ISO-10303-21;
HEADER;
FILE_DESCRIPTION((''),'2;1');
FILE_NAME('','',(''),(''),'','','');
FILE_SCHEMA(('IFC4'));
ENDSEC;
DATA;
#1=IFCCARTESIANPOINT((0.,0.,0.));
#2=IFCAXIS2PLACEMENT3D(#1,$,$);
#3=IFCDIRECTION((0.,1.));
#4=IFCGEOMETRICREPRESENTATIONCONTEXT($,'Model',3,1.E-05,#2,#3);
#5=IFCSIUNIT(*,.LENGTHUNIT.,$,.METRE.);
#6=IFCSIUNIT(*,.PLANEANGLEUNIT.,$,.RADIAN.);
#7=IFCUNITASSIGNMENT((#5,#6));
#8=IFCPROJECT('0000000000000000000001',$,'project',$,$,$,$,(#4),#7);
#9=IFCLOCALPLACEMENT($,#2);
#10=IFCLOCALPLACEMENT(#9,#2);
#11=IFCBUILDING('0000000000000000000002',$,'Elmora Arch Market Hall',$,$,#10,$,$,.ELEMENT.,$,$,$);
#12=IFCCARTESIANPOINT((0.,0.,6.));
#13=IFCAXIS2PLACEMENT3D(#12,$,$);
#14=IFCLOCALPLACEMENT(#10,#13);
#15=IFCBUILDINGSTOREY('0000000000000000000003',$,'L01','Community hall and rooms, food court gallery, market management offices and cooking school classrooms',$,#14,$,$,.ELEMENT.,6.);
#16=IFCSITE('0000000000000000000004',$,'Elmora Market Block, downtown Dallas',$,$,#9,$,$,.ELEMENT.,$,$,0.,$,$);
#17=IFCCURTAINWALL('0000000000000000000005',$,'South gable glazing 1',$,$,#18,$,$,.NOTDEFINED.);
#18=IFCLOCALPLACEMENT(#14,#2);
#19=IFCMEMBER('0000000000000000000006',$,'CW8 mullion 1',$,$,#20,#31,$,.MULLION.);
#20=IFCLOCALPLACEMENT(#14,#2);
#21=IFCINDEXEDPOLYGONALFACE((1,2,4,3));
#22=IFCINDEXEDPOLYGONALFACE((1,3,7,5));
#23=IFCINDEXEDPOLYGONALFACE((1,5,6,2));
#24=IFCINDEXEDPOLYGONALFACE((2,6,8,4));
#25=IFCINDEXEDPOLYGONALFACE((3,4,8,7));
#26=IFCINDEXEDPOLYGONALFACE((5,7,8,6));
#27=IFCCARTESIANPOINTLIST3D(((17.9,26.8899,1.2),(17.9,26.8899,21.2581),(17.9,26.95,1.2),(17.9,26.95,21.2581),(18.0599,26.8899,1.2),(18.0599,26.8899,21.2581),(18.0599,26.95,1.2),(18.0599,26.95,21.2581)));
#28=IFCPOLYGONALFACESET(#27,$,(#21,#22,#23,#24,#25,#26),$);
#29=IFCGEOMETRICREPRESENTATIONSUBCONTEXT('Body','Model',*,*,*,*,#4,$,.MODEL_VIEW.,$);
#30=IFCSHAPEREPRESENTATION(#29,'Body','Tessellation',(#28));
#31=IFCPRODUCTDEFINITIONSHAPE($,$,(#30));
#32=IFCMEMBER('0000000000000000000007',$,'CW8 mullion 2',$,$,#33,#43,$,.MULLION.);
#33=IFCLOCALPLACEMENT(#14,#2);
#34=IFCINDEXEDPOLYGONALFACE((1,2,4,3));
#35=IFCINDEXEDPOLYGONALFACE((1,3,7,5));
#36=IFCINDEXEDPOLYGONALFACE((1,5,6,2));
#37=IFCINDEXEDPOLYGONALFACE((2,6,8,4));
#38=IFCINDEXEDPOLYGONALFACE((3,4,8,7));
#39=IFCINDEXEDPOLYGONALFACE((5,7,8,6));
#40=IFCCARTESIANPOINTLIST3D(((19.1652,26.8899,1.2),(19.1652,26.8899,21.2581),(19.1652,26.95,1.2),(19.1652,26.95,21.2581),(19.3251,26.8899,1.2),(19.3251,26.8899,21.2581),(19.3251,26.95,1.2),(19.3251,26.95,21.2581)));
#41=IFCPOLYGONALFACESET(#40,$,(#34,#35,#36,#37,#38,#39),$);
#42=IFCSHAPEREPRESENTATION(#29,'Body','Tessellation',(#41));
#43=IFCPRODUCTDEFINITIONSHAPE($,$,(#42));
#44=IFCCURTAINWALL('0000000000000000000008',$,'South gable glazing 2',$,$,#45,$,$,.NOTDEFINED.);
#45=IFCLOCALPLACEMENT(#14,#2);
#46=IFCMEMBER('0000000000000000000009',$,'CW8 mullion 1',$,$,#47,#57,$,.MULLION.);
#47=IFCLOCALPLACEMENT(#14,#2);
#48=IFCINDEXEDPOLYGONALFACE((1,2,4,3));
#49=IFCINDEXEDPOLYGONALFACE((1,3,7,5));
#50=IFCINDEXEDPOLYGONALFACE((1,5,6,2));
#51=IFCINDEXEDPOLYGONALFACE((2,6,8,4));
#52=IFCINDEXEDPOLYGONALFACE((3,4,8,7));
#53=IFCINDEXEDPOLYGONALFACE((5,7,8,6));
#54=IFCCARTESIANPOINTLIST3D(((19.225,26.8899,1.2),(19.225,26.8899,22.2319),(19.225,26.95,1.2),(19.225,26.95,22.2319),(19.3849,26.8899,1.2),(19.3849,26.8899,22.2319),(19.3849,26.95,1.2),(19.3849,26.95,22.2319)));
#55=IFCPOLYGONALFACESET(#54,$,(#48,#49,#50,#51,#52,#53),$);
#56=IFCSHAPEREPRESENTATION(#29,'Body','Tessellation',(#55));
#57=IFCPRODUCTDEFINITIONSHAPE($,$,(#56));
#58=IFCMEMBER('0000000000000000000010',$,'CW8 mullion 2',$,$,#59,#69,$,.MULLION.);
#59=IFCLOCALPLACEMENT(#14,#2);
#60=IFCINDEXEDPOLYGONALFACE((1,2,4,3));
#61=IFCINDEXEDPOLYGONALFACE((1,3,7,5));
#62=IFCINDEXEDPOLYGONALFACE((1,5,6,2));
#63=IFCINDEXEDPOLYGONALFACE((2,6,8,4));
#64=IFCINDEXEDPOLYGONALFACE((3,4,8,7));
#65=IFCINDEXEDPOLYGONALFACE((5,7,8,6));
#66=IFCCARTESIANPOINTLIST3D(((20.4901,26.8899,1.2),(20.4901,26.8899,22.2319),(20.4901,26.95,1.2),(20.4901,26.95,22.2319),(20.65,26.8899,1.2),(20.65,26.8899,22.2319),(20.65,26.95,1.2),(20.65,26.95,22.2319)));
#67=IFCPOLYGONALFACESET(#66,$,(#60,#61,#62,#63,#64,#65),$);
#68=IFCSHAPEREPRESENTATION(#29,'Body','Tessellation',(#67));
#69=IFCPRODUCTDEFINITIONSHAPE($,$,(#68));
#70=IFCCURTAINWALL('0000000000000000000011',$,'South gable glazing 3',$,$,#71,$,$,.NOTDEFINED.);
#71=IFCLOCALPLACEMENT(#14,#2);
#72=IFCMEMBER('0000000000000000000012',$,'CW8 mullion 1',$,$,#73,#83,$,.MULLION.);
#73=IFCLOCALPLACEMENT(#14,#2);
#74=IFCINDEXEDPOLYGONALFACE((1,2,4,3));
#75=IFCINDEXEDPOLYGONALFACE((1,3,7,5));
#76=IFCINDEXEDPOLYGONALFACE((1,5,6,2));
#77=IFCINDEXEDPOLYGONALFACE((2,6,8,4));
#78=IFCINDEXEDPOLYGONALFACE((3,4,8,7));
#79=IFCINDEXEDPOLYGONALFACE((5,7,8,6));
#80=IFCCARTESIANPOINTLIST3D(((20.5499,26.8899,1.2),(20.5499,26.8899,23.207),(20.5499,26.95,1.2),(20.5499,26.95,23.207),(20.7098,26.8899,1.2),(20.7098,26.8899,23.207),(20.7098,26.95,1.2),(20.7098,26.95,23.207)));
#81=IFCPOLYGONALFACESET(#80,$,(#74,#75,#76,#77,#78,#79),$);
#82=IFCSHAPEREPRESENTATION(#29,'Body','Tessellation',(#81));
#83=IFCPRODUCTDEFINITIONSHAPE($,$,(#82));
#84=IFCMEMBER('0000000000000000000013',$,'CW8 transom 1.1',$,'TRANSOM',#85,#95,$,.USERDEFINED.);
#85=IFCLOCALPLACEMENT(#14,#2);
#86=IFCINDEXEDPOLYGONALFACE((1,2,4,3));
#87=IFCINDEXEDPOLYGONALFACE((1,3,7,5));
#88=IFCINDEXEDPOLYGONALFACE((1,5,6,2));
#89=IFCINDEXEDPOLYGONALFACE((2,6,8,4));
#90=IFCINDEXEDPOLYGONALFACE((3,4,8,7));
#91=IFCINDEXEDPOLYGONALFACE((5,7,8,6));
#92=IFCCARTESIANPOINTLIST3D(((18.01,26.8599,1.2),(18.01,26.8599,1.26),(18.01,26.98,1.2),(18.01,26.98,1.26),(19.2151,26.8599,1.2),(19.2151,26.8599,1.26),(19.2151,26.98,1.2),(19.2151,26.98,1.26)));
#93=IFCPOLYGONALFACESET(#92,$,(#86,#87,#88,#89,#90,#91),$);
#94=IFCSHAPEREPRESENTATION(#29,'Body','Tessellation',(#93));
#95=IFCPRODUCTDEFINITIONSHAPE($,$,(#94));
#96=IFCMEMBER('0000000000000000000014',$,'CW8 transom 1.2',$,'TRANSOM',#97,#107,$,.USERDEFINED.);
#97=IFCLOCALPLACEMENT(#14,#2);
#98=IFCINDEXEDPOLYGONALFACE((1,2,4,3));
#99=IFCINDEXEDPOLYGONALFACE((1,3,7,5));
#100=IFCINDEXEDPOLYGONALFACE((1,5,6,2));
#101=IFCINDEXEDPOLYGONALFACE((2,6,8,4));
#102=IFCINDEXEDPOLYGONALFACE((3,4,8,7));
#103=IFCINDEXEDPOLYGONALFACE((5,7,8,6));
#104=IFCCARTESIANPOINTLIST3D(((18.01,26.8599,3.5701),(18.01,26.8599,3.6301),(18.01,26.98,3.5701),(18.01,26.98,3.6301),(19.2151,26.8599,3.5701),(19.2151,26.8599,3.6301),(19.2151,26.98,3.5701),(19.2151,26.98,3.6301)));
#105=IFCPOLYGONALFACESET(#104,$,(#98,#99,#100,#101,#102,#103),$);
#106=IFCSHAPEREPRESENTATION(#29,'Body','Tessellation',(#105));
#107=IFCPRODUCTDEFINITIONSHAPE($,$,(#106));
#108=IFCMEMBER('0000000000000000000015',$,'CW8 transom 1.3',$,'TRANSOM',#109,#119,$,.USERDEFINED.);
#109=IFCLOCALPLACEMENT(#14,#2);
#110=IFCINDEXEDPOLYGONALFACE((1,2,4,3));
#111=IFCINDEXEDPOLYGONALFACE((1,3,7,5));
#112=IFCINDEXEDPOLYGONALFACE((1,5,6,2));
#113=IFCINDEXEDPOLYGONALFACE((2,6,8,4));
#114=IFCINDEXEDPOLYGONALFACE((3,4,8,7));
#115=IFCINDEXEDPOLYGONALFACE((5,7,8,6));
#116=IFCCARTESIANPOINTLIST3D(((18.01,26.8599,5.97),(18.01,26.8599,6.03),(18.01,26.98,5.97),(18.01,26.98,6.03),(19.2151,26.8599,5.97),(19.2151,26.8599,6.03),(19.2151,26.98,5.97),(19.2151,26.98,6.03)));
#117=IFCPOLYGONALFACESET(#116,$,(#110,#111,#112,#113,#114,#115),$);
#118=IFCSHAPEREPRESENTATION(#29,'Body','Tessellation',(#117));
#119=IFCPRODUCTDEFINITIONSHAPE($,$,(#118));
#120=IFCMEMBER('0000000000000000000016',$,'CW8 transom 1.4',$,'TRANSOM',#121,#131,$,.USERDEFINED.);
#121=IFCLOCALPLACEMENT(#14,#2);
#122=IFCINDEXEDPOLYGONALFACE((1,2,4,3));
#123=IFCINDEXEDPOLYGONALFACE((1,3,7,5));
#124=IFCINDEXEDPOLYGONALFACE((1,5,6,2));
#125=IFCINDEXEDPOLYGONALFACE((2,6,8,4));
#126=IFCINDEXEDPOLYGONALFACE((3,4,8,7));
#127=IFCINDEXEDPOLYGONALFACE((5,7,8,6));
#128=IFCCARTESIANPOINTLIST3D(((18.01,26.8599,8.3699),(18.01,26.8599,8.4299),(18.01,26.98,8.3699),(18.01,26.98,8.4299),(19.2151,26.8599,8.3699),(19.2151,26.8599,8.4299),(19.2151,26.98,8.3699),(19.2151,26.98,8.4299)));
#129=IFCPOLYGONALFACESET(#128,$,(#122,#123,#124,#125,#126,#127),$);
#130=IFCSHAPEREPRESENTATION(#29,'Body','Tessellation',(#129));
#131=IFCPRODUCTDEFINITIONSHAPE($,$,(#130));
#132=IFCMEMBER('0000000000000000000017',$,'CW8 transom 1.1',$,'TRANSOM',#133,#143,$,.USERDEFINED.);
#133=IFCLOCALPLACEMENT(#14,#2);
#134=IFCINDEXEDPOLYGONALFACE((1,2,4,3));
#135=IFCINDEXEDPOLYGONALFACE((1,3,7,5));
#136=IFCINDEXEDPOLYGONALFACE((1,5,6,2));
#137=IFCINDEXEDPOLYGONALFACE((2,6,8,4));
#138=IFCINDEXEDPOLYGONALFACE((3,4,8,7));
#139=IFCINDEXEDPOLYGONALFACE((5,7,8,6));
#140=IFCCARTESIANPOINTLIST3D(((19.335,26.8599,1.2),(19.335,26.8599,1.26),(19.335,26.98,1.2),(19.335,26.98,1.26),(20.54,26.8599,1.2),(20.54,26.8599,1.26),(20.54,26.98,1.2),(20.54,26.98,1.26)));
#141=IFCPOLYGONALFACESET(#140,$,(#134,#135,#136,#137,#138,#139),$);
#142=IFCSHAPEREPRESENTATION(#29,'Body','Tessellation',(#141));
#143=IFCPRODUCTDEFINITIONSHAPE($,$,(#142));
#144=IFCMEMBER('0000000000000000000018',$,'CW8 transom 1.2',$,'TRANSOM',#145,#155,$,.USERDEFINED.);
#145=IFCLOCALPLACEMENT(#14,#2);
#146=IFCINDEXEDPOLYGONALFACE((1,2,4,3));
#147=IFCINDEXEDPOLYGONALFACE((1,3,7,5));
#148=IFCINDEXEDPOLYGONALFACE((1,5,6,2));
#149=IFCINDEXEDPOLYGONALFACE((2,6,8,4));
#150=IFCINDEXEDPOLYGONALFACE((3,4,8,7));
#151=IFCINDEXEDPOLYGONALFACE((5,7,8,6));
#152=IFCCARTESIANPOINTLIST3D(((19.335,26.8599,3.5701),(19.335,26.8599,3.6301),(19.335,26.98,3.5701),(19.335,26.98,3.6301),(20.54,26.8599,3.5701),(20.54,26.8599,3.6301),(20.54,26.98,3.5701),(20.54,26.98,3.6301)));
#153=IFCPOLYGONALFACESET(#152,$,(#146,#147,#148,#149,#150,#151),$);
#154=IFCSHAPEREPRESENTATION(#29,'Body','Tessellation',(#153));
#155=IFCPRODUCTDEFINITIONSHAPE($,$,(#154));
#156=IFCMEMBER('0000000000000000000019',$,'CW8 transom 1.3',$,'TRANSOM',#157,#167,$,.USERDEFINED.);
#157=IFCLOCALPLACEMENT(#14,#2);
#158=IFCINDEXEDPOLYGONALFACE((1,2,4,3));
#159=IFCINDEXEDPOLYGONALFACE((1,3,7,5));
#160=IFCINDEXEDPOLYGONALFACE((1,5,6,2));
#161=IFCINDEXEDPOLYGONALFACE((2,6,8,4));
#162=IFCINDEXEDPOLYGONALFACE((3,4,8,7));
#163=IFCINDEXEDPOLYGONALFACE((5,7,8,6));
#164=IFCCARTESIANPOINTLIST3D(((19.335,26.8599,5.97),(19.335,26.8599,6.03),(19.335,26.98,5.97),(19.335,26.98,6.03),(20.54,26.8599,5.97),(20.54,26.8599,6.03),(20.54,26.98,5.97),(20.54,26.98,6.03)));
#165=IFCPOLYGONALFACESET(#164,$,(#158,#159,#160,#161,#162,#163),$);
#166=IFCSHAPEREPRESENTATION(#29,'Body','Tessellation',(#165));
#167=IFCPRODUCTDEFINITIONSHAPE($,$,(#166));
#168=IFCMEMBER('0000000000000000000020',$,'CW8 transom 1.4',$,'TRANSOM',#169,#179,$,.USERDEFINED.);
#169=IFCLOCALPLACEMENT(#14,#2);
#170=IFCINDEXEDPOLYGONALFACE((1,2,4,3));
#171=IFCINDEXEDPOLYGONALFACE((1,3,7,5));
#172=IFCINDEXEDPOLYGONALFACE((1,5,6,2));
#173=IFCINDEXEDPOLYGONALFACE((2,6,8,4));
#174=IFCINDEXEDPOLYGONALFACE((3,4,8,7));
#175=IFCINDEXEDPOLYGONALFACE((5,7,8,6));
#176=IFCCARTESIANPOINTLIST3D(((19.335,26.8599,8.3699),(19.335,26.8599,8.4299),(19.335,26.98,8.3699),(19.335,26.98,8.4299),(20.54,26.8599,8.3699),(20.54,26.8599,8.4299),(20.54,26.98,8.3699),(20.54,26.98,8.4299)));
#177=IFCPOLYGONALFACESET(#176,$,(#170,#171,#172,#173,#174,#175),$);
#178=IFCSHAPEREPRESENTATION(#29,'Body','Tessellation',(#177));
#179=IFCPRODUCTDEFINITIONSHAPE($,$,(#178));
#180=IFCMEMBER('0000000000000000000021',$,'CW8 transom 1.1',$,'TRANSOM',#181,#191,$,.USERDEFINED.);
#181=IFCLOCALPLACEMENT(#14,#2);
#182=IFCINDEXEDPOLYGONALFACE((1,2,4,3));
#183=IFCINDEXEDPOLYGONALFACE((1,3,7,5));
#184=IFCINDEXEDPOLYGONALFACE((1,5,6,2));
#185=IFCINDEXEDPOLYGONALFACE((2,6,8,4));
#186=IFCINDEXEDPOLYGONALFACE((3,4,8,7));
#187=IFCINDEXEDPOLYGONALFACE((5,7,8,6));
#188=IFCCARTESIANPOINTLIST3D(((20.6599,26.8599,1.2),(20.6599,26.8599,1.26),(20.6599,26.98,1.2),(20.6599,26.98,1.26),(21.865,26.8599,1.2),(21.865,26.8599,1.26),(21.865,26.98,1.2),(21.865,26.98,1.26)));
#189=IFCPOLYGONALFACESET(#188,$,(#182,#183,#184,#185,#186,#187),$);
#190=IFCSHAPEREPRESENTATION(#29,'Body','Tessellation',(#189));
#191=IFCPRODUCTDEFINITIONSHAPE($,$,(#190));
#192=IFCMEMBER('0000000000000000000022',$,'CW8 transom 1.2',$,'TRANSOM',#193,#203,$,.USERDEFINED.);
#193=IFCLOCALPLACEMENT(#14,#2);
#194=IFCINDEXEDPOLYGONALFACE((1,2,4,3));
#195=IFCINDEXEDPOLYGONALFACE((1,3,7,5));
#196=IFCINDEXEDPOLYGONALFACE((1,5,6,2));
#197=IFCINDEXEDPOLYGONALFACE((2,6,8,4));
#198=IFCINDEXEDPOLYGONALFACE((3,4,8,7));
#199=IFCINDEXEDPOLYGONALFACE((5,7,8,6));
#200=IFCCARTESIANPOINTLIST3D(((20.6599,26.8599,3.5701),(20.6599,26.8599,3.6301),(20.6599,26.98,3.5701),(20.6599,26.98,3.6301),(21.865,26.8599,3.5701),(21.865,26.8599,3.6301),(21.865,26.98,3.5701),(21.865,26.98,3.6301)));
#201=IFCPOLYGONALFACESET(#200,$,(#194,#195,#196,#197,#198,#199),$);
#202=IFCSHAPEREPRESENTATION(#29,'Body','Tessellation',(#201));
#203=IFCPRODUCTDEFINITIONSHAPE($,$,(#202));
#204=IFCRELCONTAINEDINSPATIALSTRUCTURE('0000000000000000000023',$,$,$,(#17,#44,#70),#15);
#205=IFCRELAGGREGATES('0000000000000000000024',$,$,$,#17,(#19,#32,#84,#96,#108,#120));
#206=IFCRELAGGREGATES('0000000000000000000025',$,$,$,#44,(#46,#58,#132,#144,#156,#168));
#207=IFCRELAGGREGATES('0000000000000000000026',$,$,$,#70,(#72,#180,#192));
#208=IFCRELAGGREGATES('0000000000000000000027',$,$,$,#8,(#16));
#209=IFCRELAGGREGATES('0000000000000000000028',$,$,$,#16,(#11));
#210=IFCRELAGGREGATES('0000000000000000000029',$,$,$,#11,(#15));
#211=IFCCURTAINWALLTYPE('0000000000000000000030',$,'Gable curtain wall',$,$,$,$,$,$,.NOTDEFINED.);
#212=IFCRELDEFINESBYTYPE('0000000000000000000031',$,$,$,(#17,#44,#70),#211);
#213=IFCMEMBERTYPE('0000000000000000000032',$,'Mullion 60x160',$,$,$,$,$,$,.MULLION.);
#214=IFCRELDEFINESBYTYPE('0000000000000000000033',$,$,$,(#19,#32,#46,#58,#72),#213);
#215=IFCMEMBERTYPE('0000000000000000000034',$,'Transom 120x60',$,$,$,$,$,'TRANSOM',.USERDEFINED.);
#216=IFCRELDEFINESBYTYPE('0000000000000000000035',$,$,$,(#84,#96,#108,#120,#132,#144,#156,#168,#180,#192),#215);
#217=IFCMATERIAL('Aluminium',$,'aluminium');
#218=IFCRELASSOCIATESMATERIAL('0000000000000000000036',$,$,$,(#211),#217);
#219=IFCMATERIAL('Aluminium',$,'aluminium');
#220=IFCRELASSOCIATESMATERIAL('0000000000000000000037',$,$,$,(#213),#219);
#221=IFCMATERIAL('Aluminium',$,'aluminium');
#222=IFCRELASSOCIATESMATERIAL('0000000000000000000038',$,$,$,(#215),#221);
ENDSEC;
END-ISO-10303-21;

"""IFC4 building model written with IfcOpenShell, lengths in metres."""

from ifc_helpers import new_model, si_unit, direction, frame, origin, origin_2d, place, context, subcontext, project, spatial, rectangle, extrude, material, material_profile, profile_set, type_object, element, aggregate, save


model = new_model("IFC4")

# Units and contexts
model_context = context("Model", 3, precision=1e-05, world=origin(), true_north=direction((0.0, 1.0)))
body_context = subcontext(model_context, "Body", "Model", "MODEL_VIEW")
ifc_project = project(units=[si_unit("LENGTHUNIT", "METRE"), si_unit("PLANEANGLEUNIT", "RADIAN")], contexts=[model_context])

# Site, building, storey
site_placement = place(None, origin())
site = spatial("IfcSite", under=ifc_project, at=site_placement, Name="Elmora Market Block, downtown Dallas", CompositionType="ELEMENT", RefElevation=0.0)
building_placement = place(site_placement, origin())
building = spatial("IfcBuilding", under=site, at=building_placement, Name="Elmora Arch Market Hall", CompositionType="ELEMENT")
storey_placement = place(building_placement, frame((0.0, 0.0, 6.0)))
storey = spatial("IfcBuildingStorey", under=building, at=storey_placement, Name="L01", Description="Community hall and rooms, food court gallery, market management offices and cooking school classrooms", CompositionType="ELEMENT", Elevation=6.0)

# Curtain walls, members
ifc_material_1 = material(Name="Aluminium", Category="aluminium")
curtain_wall_type = type_object("IfcCurtainWallType", Name="Gable curtain wall", PredefinedType="NOTDEFINED", material=ifc_material_1)
curtain_wall_1_placement = place(storey_placement, origin())
curtain_wall_1 = element("IfcCurtainWall", 1, at=curtain_wall_1_placement, inside=storey, type_object=curtain_wall_type, Name="South gable glazing 1", PredefinedType="NOTDEFINED")
ifc_material_2 = material(Name="Aluminium", Category="aluminium")
ifc_material_profile_1 = material_profile(ifc_material_2, rectangle(XDim=0.0601, YDim=0.1599, at=origin_2d()), Name="AL 60x160")
ifc_profile_set_1 = profile_set([ifc_material_profile_1], Name="Aluminium")
member_type_1 = type_object("IfcMemberType", Name="Mullion 60x160", PredefinedType="MULLION", material=ifc_profile_set_1)
member_1_placement = place(storey_placement, frame((17.98, 26.9199, 1.2), z_axis=(0.0, 0.0, 1.0), x_axis=(0.0, 1.0, 0.0)))
member_1 = element("IfcMember", 2, at=member_1_placement, type_object=member_type_1, Name="CW8 mullion 1", PredefinedType="MULLION", context=body_context, shape_type="SweptSolid", body=[
    extrude(rectangle(XDim=0.0601, YDim=0.1599, at=origin_2d()), origin(), (0.0, 0.0, 1.0), 20.0581),
])
member_2_placement = place(storey_placement, frame((19.2451, 26.9199, 1.2), z_axis=(0.0, 0.0, 1.0), x_axis=(0.0, 1.0, 0.0)))
member_2 = element("IfcMember", 3, at=member_2_placement, type_object=member_type_1, Name="CW8 mullion 2", PredefinedType="MULLION", context=body_context, shape_type="SweptSolid", body=[
    extrude(rectangle(XDim=0.0601, YDim=0.1599, at=origin_2d()), origin(), (0.0, 0.0, 1.0), 20.0581),
])
curtain_wall_2_placement = place(storey_placement, origin())
curtain_wall_2 = element("IfcCurtainWall", 4, at=curtain_wall_2_placement, inside=storey, type_object=curtain_wall_type, Name="South gable glazing 2", PredefinedType="NOTDEFINED")
member_3_placement = place(storey_placement, frame((19.3049, 26.9199, 1.2), z_axis=(0.0, 0.0, 1.0), x_axis=(0.0, 1.0, 0.0)))
member_3 = element("IfcMember", 5, at=member_3_placement, type_object=member_type_1, Name="CW8 mullion 1", PredefinedType="MULLION", context=body_context, shape_type="SweptSolid", body=[
    extrude(rectangle(XDim=0.0601, YDim=0.1599, at=origin_2d()), origin(), (0.0, 0.0, 1.0), 21.032),
])
member_4_placement = place(storey_placement, frame((20.5701, 26.9199, 1.2), z_axis=(0.0, 0.0, 1.0), x_axis=(0.0, 1.0, 0.0)))
member_4 = element("IfcMember", 6, at=member_4_placement, type_object=member_type_1, Name="CW8 mullion 2", PredefinedType="MULLION", context=body_context, shape_type="SweptSolid", body=[
    extrude(rectangle(XDim=0.0601, YDim=0.1599, at=origin_2d()), origin(), (0.0, 0.0, 1.0), 21.032),
])

# Curtain wall, member
curtain_wall_3_placement = place(storey_placement, origin())
curtain_wall_3 = element("IfcCurtainWall", 7, at=curtain_wall_3_placement, inside=storey, type_object=curtain_wall_type, Name="South gable glazing 3", PredefinedType="NOTDEFINED")
member_5_placement = place(storey_placement, frame((20.6299, 26.9199, 1.2), z_axis=(0.0, 0.0, 1.0), x_axis=(0.0, 1.0, 0.0)))
member_5 = element("IfcMember", 8, at=member_5_placement, type_object=member_type_1, Name="CW8 mullion 1", PredefinedType="MULLION", context=body_context, shape_type="SweptSolid", body=[
    extrude(rectangle(XDim=0.0601, YDim=0.1599, at=origin_2d()), origin(), (0.0, 0.0, 1.0), 22.0071),
])

# Members
ifc_material_3 = material(Name="Aluminium", Category="aluminium")
ifc_material_profile_2 = material_profile(ifc_material_3, rectangle(XDim=0.1201, YDim=0.0601, at=origin_2d()), Name="AL 120x60")
ifc_profile_set_2 = profile_set([ifc_material_profile_2], Name="Aluminium")
member_type_2 = type_object("IfcMemberType", Name="Transom 120x60", ElementType="TRANSOM", PredefinedType="USERDEFINED", material=ifc_profile_set_2)
member_6_placement = place(storey_placement, frame((18.01, 26.9199, 1.23), z_axis=(1.0, 0.0, 0.0), x_axis=(0.0, 1.0, 0.0)))
member_6 = element("IfcMember", 9, at=member_6_placement, type_object=member_type_2, Name="CW8 transom 1.1", ObjectType="TRANSOM", PredefinedType="USERDEFINED", context=body_context, shape_type="SweptSolid", body=[
    extrude(rectangle(XDim=0.1201, YDim=0.0601, at=origin_2d()), origin(), (0.0, 0.0, 1.0), 1.2051),
])
member_7_placement = place(storey_placement, frame((18.01, 26.9199, 3.6001), z_axis=(1.0, 0.0, 0.0), x_axis=(0.0, 1.0, 0.0)))
member_7 = element("IfcMember", 10, at=member_7_placement, type_object=member_type_2, Name="CW8 transom 1.2", ObjectType="TRANSOM", PredefinedType="USERDEFINED", context=body_context, shape_type="SweptSolid", body=[
    extrude(rectangle(XDim=0.1201, YDim=0.0601, at=origin_2d()), origin(), (0.0, 0.0, 1.0), 1.2051),
])
member_8_placement = place(storey_placement, frame((18.01, 26.9199, 6.0), z_axis=(1.0, 0.0, 0.0), x_axis=(0.0, 1.0, 0.0)))
member_8 = element("IfcMember", 11, at=member_8_placement, type_object=member_type_2, Name="CW8 transom 1.3", ObjectType="TRANSOM", PredefinedType="USERDEFINED", context=body_context, shape_type="SweptSolid", body=[
    extrude(rectangle(XDim=0.1201, YDim=0.0601, at=origin_2d()), origin(), (0.0, 0.0, 1.0), 1.2051),
])
member_9_placement = place(storey_placement, frame((18.01, 26.9199, 8.3999), z_axis=(1.0, 0.0, 0.0), x_axis=(0.0, 1.0, 0.0)))
member_9 = element("IfcMember", 12, at=member_9_placement, type_object=member_type_2, Name="CW8 transom 1.4", ObjectType="TRANSOM", PredefinedType="USERDEFINED", context=body_context, shape_type="SweptSolid", body=[
    extrude(rectangle(XDim=0.1201, YDim=0.0601, at=origin_2d()), origin(), (0.0, 0.0, 1.0), 1.2051),
])
member_10_placement = place(storey_placement, frame((19.335, 26.9199, 1.23), z_axis=(1.0, 0.0, 0.0), x_axis=(0.0, 1.0, 0.0)))
member_10 = element("IfcMember", 13, at=member_10_placement, type_object=member_type_2, Name="CW8 transom 1.1", ObjectType="TRANSOM", PredefinedType="USERDEFINED", context=body_context, shape_type="SweptSolid", body=[
    extrude(rectangle(XDim=0.1201, YDim=0.0601, at=origin_2d()), origin(), (0.0, 0.0, 1.0), 1.2051),
])
member_11_placement = place(storey_placement, frame((19.335, 26.9199, 3.6001), z_axis=(1.0, 0.0, 0.0), x_axis=(0.0, 1.0, 0.0)))
member_11 = element("IfcMember", 14, at=member_11_placement, type_object=member_type_2, Name="CW8 transom 1.2", ObjectType="TRANSOM", PredefinedType="USERDEFINED", context=body_context, shape_type="SweptSolid", body=[
    extrude(rectangle(XDim=0.1201, YDim=0.0601, at=origin_2d()), origin(), (0.0, 0.0, 1.0), 1.2051),
])
member_12_placement = place(storey_placement, frame((19.335, 26.9199, 6.0), z_axis=(1.0, 0.0, 0.0), x_axis=(0.0, 1.0, 0.0)))
member_12 = element("IfcMember", 15, at=member_12_placement, type_object=member_type_2, Name="CW8 transom 1.3", ObjectType="TRANSOM", PredefinedType="USERDEFINED", context=body_context, shape_type="SweptSolid", body=[
    extrude(rectangle(XDim=0.1201, YDim=0.0601, at=origin_2d()), origin(), (0.0, 0.0, 1.0), 1.2051),
])
member_13_placement = place(storey_placement, frame((19.335, 26.9199, 8.3999), z_axis=(1.0, 0.0, 0.0), x_axis=(0.0, 1.0, 0.0)))
member_13 = element("IfcMember", 16, at=member_13_placement, type_object=member_type_2, Name="CW8 transom 1.4", ObjectType="TRANSOM", PredefinedType="USERDEFINED", context=body_context, shape_type="SweptSolid", body=[
    extrude(rectangle(XDim=0.1201, YDim=0.0601, at=origin_2d()), origin(), (0.0, 0.0, 1.0), 1.2051),
])
member_14_placement = place(storey_placement, frame((20.6599, 26.9199, 1.23), z_axis=(1.0, 0.0, 0.0), x_axis=(0.0, 1.0, 0.0)))
member_14 = element("IfcMember", 17, at=member_14_placement, type_object=member_type_2, Name="CW8 transom 1.1", ObjectType="TRANSOM", PredefinedType="USERDEFINED", context=body_context, shape_type="SweptSolid", body=[
    extrude(rectangle(XDim=0.1201, YDim=0.0601, at=origin_2d()), origin(), (0.0, 0.0, 1.0), 1.2051),
])
member_15_placement = place(storey_placement, frame((20.6599, 26.9199, 3.6001), z_axis=(1.0, 0.0, 0.0), x_axis=(0.0, 1.0, 0.0)))
member_15 = element("IfcMember", 18, at=member_15_placement, type_object=member_type_2, Name="CW8 transom 1.2", ObjectType="TRANSOM", PredefinedType="USERDEFINED", context=body_context, shape_type="SweptSolid", body=[
    extrude(rectangle(XDim=0.1201, YDim=0.0601, at=origin_2d()), origin(), (0.0, 0.0, 1.0), 1.2051),
])

aggregate(curtain_wall_1, [member_1, member_2, member_6, member_7, member_8, member_9])
aggregate(curtain_wall_2, [member_3, member_4, member_10, member_11, member_12, member_13])
aggregate(curtain_wall_3, [member_5, member_14, member_15])

save(model, "model.ifc")
